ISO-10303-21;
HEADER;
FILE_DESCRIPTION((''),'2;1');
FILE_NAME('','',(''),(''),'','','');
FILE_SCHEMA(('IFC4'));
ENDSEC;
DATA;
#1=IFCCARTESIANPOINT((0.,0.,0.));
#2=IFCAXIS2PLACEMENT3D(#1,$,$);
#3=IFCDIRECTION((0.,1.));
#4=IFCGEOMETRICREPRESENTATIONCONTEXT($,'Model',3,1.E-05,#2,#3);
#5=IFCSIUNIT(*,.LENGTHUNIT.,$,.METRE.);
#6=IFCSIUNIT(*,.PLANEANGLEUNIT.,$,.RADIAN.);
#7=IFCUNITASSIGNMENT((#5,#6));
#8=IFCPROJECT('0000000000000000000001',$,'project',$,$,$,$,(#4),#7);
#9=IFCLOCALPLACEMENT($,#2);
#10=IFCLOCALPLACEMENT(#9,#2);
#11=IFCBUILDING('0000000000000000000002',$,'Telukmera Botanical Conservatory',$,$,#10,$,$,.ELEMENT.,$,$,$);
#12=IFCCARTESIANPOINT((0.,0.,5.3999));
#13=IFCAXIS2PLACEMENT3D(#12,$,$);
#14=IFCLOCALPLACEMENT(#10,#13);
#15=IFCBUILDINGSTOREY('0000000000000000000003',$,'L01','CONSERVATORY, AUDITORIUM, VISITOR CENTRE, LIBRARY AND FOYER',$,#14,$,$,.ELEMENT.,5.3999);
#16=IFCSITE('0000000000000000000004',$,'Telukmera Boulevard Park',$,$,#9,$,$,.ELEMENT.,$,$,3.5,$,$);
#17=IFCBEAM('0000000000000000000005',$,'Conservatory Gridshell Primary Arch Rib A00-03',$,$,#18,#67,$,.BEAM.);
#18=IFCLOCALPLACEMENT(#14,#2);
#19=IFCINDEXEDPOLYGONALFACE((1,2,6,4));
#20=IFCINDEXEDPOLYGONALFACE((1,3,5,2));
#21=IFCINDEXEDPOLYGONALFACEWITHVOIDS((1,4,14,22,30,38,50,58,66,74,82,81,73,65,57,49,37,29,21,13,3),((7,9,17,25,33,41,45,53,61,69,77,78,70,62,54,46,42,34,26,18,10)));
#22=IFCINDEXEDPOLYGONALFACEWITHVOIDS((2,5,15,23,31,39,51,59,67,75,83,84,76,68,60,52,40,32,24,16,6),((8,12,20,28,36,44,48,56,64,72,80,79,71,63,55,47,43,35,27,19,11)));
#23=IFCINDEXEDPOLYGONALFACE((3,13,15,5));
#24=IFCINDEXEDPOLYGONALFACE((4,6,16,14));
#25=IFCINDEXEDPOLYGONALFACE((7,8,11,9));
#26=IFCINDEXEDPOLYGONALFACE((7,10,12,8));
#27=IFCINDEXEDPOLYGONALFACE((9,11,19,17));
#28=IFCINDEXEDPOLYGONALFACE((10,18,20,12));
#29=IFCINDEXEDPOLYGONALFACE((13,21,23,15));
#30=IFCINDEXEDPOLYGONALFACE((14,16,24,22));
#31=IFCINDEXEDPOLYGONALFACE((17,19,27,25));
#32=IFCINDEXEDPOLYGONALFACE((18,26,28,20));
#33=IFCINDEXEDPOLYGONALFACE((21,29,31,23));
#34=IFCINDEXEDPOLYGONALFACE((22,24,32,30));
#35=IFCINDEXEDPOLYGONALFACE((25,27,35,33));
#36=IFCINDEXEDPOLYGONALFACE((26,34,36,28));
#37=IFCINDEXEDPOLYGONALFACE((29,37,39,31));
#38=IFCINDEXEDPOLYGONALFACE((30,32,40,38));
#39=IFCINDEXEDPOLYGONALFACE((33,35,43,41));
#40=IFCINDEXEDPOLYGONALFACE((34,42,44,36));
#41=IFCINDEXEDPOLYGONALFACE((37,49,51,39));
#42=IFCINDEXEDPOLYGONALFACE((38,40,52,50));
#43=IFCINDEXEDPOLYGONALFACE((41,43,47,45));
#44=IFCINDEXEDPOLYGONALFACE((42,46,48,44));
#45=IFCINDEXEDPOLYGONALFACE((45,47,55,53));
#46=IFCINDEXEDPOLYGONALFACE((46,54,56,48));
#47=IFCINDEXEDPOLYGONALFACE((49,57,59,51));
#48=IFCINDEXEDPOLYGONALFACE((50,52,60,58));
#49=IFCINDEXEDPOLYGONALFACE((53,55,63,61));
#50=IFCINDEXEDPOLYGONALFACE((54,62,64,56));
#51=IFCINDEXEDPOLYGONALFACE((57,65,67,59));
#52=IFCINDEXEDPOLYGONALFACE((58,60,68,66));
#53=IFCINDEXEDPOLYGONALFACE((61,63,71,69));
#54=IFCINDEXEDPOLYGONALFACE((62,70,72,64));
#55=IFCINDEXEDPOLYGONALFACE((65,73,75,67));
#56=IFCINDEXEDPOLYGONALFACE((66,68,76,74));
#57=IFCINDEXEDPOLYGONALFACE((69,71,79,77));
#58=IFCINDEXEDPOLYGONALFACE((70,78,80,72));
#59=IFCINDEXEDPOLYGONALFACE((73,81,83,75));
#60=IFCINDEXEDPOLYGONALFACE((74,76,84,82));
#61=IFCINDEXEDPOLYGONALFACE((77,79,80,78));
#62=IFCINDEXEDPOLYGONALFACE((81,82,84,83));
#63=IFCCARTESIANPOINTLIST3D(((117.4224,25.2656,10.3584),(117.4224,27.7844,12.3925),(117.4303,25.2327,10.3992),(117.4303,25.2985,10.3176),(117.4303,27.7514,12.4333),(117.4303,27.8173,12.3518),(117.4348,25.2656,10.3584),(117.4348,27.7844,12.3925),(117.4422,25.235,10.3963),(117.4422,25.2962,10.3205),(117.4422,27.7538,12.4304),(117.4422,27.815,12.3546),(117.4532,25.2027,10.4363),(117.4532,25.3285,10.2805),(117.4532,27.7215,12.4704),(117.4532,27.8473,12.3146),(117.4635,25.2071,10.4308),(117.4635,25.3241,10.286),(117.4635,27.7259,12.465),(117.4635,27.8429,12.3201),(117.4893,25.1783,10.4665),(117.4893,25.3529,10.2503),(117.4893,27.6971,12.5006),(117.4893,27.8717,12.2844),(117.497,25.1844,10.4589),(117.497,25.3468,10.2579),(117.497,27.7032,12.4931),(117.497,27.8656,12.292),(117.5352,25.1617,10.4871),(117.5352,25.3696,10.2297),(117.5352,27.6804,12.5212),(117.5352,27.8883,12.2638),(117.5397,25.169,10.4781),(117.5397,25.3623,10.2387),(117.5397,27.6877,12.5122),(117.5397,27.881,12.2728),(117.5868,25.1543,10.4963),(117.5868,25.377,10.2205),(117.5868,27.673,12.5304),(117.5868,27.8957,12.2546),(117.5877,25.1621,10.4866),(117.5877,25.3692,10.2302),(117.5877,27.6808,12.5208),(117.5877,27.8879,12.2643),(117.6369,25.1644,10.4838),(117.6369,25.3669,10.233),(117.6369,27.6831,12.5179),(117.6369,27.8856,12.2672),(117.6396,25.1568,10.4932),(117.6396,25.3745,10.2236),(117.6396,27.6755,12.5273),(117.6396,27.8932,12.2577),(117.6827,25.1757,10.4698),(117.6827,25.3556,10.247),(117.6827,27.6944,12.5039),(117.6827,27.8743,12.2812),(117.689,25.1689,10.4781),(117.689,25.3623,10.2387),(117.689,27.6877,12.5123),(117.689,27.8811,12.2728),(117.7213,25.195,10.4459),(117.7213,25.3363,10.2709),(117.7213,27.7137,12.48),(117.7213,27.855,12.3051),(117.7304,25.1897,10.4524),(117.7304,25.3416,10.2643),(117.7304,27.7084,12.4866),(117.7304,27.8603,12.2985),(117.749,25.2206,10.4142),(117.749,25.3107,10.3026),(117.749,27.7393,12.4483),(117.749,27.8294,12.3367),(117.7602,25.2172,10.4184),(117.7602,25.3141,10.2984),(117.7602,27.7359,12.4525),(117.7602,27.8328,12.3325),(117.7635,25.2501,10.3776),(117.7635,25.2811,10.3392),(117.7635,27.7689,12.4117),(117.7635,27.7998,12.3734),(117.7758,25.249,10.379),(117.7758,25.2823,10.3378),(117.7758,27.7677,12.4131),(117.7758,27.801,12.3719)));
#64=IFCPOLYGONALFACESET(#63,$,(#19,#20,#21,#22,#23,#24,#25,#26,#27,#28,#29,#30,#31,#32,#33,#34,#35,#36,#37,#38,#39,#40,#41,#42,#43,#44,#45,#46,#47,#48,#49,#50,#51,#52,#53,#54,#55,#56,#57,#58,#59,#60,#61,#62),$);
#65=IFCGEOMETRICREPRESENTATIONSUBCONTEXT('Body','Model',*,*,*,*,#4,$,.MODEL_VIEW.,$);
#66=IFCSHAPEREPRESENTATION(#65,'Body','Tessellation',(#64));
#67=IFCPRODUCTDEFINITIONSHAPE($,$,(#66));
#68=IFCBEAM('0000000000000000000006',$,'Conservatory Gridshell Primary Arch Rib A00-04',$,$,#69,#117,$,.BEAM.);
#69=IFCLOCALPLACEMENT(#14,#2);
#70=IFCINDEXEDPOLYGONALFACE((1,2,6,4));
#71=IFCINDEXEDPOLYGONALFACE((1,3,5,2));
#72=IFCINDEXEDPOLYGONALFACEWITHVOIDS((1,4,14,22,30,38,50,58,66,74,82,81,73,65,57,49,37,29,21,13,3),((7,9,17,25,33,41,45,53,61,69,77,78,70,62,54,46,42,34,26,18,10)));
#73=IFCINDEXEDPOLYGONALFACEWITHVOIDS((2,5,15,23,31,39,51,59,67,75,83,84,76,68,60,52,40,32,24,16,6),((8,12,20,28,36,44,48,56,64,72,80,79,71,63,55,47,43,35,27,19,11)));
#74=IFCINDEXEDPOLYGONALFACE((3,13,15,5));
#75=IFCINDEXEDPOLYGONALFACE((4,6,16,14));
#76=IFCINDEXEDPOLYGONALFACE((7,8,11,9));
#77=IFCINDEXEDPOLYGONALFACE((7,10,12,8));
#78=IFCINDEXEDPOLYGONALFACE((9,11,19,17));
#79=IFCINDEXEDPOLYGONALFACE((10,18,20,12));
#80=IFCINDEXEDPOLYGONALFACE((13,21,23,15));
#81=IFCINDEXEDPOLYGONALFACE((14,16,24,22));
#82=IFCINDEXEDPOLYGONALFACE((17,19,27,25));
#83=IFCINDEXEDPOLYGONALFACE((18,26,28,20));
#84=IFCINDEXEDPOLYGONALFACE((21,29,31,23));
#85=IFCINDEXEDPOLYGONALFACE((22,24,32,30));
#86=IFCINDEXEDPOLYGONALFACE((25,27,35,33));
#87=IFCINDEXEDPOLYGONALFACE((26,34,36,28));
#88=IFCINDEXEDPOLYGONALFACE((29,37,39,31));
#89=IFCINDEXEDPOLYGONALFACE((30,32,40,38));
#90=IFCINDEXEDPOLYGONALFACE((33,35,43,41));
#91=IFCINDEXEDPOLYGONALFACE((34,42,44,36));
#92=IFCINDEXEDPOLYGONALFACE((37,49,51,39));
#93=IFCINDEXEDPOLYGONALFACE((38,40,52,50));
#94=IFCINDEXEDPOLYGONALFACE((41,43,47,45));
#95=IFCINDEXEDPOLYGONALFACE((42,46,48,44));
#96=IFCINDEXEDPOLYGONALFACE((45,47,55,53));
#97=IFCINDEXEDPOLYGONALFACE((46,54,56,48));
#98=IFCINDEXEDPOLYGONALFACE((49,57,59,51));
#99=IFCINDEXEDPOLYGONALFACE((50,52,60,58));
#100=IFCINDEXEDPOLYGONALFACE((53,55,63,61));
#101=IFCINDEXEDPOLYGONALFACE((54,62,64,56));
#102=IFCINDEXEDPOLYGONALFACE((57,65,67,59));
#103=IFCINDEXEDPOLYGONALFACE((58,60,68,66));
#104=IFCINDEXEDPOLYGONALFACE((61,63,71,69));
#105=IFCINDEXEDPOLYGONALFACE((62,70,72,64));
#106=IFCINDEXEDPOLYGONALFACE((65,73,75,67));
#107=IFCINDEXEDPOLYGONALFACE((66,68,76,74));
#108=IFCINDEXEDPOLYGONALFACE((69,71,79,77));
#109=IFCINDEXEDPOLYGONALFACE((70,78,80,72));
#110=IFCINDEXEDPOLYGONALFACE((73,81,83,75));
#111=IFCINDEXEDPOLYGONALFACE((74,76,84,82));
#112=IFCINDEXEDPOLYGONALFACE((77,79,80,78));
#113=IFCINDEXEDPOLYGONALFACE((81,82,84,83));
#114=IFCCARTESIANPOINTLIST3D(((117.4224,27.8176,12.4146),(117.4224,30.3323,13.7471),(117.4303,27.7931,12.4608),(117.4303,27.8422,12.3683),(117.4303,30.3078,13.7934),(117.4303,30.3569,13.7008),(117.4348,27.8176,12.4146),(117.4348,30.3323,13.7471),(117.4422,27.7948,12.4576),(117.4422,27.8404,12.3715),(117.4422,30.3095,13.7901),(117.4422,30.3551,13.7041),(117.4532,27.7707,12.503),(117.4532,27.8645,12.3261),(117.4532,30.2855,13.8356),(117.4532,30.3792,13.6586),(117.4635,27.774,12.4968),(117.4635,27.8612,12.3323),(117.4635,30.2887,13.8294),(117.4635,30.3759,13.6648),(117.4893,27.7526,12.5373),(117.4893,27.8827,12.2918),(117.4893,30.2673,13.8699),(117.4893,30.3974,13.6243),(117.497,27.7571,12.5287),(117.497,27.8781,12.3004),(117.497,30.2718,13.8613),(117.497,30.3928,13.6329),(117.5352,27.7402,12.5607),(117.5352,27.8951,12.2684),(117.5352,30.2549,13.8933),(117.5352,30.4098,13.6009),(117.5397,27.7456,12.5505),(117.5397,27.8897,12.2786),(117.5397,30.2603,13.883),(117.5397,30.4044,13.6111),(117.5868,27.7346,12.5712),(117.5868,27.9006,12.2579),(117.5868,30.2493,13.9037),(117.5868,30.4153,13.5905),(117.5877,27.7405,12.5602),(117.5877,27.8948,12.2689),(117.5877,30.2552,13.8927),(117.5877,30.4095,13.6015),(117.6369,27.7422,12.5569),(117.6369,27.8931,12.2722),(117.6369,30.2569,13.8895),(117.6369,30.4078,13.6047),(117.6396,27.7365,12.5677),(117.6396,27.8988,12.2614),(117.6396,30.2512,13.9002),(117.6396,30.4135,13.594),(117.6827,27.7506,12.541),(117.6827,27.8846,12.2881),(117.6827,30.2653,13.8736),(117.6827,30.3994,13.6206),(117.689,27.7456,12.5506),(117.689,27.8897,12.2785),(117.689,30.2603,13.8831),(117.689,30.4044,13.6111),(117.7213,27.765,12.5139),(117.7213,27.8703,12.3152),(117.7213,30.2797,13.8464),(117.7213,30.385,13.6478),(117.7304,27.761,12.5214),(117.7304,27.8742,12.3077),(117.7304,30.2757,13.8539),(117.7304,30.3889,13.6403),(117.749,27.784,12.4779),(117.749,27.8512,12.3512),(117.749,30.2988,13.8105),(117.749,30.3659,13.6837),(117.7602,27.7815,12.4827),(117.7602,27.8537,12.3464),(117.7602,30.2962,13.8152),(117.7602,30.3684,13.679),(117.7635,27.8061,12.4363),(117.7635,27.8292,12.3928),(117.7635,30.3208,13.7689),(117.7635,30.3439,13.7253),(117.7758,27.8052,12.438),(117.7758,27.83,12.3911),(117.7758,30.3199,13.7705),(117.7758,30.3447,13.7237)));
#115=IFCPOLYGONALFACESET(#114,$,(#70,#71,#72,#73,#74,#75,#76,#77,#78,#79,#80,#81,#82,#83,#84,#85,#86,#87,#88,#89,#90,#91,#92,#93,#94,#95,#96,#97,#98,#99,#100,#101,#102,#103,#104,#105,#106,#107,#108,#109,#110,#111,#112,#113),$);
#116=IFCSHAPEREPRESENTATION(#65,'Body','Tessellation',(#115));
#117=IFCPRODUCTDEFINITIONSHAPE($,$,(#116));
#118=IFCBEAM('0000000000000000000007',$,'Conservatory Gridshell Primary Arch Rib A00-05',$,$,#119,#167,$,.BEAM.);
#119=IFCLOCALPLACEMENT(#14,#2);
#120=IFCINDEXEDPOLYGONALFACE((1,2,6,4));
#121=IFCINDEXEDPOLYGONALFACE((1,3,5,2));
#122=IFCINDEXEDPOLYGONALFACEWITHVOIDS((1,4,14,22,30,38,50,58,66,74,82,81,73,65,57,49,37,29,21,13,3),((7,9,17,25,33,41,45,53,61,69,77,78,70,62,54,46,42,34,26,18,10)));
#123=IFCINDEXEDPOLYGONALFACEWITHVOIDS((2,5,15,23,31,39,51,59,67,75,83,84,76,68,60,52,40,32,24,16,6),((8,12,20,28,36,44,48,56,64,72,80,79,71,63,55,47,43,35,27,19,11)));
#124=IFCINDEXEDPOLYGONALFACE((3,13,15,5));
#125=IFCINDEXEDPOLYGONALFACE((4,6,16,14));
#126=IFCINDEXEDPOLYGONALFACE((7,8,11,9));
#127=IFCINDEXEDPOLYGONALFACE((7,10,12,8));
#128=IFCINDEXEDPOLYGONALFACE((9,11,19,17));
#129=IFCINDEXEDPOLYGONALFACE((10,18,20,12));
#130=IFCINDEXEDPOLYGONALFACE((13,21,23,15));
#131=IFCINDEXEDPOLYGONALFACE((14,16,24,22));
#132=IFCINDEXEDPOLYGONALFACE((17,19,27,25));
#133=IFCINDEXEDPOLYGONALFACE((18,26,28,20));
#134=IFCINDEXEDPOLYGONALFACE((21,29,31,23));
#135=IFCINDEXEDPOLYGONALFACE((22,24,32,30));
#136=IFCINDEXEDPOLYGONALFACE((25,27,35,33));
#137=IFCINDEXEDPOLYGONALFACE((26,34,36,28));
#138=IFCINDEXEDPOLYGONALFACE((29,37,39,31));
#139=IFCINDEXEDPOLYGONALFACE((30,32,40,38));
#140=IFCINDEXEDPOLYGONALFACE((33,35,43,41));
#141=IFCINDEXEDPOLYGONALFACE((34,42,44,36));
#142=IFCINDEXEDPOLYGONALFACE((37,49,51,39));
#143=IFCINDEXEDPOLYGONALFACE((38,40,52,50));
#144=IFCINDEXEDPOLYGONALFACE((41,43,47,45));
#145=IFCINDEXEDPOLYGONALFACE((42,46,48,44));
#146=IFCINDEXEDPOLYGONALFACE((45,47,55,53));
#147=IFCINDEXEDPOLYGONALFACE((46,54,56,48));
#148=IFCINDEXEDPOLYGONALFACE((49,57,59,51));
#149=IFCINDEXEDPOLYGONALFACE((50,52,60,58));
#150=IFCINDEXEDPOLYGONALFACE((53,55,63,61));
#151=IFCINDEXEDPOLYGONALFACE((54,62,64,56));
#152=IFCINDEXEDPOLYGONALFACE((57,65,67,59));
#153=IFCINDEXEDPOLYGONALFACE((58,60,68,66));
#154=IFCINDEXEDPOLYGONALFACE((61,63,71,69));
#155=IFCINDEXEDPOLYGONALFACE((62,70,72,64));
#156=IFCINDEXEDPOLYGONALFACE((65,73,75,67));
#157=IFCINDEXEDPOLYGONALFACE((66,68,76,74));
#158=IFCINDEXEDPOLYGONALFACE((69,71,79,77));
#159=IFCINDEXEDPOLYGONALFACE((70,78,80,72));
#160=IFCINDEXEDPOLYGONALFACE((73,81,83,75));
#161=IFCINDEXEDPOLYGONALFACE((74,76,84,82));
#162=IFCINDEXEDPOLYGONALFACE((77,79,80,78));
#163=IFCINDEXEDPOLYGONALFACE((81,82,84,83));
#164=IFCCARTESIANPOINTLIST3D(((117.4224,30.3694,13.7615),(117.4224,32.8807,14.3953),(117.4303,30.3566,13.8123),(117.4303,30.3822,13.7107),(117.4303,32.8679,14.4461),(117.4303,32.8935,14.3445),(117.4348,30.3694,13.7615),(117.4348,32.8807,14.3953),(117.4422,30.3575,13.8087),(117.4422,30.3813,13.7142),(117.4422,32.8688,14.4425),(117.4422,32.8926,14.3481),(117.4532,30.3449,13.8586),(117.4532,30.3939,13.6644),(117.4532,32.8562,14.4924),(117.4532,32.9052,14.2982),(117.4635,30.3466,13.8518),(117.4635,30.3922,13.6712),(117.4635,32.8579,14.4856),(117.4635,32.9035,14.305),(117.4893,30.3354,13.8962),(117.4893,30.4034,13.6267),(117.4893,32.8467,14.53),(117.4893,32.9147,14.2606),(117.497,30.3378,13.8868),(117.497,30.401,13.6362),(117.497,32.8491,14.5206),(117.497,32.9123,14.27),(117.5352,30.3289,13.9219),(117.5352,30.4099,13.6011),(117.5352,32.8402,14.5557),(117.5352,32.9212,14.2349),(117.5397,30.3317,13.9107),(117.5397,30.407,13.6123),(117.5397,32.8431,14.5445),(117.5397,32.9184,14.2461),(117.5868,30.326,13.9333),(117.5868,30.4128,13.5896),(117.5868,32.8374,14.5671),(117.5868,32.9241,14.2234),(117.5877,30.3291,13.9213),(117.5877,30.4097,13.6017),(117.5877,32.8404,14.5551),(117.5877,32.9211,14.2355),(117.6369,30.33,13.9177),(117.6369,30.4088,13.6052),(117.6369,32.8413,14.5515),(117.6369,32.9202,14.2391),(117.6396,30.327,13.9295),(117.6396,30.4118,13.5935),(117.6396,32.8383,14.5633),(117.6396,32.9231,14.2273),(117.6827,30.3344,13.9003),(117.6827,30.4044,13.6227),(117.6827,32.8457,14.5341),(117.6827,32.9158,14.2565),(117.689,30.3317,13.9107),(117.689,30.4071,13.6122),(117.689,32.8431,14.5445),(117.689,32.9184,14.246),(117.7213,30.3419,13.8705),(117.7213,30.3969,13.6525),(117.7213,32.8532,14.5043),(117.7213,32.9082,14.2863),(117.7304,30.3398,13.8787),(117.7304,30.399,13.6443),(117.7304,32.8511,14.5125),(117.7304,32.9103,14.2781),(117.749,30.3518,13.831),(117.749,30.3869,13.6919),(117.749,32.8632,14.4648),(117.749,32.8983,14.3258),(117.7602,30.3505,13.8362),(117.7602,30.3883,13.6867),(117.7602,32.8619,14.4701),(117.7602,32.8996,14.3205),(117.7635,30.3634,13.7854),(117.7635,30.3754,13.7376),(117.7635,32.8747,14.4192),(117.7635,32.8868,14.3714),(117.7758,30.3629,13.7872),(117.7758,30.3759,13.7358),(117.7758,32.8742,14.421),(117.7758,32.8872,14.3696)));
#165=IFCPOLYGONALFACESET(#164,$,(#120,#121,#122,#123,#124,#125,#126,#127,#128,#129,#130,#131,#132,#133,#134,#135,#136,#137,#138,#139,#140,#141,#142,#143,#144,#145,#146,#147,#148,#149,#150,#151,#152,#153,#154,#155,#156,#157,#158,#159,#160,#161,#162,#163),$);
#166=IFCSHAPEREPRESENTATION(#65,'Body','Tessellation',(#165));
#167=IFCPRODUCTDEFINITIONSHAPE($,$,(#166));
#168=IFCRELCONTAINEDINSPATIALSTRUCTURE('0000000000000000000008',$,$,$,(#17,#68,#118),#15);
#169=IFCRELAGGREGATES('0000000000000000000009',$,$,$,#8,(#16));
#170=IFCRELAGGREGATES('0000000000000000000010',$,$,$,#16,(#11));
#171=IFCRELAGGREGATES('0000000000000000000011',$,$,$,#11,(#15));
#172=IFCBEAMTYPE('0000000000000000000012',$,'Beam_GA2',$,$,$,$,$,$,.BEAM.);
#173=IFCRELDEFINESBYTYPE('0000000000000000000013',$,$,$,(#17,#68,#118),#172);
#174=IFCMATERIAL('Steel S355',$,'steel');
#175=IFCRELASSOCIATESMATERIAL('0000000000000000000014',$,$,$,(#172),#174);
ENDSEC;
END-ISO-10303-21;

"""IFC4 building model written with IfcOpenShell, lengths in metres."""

from ifc_helpers import new_model, si_unit, direction, frame, origin, origin_2d, place, context, subcontext, project, spatial, hollow_circle, extrude, material, material_profile, profile_set, type_object, element, save


model = new_model("IFC4")

# Units and contexts
model_context = context("Model", 3, precision=1e-05, world=origin(), true_north=direction((0.0, 1.0)))
body_context = subcontext(model_context, "Body", "Model", "MODEL_VIEW")
ifc_project = project(units=[si_unit("LENGTHUNIT", "METRE"), si_unit("PLANEANGLEUNIT", "RADIAN")], contexts=[model_context])

# Site, building, storey
site_placement = place(None, origin())
site = spatial("IfcSite", under=ifc_project, at=site_placement, Name="Telukmera Boulevard Park", CompositionType="ELEMENT", RefElevation=3.5)
building_placement = place(site_placement, origin())
building = spatial("IfcBuilding", under=site, at=building_placement, Name="Telukmera Botanical Conservatory", CompositionType="ELEMENT")
storey_placement = place(building_placement, frame((0.0, 0.0, 5.3999)))
storey = spatial("IfcBuildingStorey", under=building, at=storey_placement, Name="L01", Description="CONSERVATORY, AUDITORIUM, VISITOR CENTRE, LIBRARY AND FOYER", CompositionType="ELEMENT", Elevation=5.3999)

# Beams
ifc_material = material(Name="Steel S355", Category="steel")
ifc_material_profile_1 = material_profile(ifc_material, hollow_circle(Radius=0.1777, WallThickness=0.0125, at=origin_2d()), Name="CHS 355.6x12.5")
ifc_profile_set_1 = profile_set([ifc_material_profile_1], Name="Steel S355")
beam_type = type_object("IfcBeamType", Name="Beam_GA2", PredefinedType="BEAM", material=ifc_profile_set_1)
beam_1_placement = place(storey_placement, frame((117.6001, 25.2656, 10.3584), z_axis=(0.0, 0.777977, 0.628293), x_axis=(-1.0, 0.0, 0.0)))
element("IfcBeam", 1, at=beam_1_placement, inside=storey, type_object=beam_type, Name="Conservatory Gridshell Primary Arch Rib A00-03", PredefinedType="BEAM", context=body_context, shape_type="SweptSolid", body=[
    extrude(hollow_circle(Radius=0.1777, WallThickness=0.0125, at=origin_2d()), origin(), (0.0, 0.0, 1.0), 3.2375),
])
beam_2_placement = place(storey_placement, frame((117.6001, 27.8176, 12.4146), z_axis=(0.0, 0.883608, 0.468227), x_axis=(-1.0, 0.0, 0.0)))
element("IfcBeam", 2, at=beam_2_placement, inside=storey, type_object=beam_type, Name="Conservatory Gridshell Primary Arch Rib A00-04", PredefinedType="BEAM", context=body_context, shape_type="SweptSolid", body=[
    extrude(hollow_circle(Radius=0.1777, WallThickness=0.0125, at=origin_2d()), origin(), (0.0, 0.0, 1.0), 2.8459),
])
beam_3_placement = place(storey_placement, frame((117.6001, 30.3694, 13.7615), z_axis=(0.0, 0.969597, 0.244709), x_axis=(-1.0, 0.0, 0.0)))
element("IfcBeam", 3, at=beam_3_placement, inside=storey, type_object=beam_type, Name="Conservatory Gridshell Primary Arch Rib A00-05", PredefinedType="BEAM", context=body_context, shape_type="SweptSolid", body=[
    extrude(hollow_circle(Radius=0.1777, WallThickness=0.0125, at=origin_2d()), origin(), (0.0, 0.0, 1.0), 2.5901),
])

save(model, "model.ifc")
